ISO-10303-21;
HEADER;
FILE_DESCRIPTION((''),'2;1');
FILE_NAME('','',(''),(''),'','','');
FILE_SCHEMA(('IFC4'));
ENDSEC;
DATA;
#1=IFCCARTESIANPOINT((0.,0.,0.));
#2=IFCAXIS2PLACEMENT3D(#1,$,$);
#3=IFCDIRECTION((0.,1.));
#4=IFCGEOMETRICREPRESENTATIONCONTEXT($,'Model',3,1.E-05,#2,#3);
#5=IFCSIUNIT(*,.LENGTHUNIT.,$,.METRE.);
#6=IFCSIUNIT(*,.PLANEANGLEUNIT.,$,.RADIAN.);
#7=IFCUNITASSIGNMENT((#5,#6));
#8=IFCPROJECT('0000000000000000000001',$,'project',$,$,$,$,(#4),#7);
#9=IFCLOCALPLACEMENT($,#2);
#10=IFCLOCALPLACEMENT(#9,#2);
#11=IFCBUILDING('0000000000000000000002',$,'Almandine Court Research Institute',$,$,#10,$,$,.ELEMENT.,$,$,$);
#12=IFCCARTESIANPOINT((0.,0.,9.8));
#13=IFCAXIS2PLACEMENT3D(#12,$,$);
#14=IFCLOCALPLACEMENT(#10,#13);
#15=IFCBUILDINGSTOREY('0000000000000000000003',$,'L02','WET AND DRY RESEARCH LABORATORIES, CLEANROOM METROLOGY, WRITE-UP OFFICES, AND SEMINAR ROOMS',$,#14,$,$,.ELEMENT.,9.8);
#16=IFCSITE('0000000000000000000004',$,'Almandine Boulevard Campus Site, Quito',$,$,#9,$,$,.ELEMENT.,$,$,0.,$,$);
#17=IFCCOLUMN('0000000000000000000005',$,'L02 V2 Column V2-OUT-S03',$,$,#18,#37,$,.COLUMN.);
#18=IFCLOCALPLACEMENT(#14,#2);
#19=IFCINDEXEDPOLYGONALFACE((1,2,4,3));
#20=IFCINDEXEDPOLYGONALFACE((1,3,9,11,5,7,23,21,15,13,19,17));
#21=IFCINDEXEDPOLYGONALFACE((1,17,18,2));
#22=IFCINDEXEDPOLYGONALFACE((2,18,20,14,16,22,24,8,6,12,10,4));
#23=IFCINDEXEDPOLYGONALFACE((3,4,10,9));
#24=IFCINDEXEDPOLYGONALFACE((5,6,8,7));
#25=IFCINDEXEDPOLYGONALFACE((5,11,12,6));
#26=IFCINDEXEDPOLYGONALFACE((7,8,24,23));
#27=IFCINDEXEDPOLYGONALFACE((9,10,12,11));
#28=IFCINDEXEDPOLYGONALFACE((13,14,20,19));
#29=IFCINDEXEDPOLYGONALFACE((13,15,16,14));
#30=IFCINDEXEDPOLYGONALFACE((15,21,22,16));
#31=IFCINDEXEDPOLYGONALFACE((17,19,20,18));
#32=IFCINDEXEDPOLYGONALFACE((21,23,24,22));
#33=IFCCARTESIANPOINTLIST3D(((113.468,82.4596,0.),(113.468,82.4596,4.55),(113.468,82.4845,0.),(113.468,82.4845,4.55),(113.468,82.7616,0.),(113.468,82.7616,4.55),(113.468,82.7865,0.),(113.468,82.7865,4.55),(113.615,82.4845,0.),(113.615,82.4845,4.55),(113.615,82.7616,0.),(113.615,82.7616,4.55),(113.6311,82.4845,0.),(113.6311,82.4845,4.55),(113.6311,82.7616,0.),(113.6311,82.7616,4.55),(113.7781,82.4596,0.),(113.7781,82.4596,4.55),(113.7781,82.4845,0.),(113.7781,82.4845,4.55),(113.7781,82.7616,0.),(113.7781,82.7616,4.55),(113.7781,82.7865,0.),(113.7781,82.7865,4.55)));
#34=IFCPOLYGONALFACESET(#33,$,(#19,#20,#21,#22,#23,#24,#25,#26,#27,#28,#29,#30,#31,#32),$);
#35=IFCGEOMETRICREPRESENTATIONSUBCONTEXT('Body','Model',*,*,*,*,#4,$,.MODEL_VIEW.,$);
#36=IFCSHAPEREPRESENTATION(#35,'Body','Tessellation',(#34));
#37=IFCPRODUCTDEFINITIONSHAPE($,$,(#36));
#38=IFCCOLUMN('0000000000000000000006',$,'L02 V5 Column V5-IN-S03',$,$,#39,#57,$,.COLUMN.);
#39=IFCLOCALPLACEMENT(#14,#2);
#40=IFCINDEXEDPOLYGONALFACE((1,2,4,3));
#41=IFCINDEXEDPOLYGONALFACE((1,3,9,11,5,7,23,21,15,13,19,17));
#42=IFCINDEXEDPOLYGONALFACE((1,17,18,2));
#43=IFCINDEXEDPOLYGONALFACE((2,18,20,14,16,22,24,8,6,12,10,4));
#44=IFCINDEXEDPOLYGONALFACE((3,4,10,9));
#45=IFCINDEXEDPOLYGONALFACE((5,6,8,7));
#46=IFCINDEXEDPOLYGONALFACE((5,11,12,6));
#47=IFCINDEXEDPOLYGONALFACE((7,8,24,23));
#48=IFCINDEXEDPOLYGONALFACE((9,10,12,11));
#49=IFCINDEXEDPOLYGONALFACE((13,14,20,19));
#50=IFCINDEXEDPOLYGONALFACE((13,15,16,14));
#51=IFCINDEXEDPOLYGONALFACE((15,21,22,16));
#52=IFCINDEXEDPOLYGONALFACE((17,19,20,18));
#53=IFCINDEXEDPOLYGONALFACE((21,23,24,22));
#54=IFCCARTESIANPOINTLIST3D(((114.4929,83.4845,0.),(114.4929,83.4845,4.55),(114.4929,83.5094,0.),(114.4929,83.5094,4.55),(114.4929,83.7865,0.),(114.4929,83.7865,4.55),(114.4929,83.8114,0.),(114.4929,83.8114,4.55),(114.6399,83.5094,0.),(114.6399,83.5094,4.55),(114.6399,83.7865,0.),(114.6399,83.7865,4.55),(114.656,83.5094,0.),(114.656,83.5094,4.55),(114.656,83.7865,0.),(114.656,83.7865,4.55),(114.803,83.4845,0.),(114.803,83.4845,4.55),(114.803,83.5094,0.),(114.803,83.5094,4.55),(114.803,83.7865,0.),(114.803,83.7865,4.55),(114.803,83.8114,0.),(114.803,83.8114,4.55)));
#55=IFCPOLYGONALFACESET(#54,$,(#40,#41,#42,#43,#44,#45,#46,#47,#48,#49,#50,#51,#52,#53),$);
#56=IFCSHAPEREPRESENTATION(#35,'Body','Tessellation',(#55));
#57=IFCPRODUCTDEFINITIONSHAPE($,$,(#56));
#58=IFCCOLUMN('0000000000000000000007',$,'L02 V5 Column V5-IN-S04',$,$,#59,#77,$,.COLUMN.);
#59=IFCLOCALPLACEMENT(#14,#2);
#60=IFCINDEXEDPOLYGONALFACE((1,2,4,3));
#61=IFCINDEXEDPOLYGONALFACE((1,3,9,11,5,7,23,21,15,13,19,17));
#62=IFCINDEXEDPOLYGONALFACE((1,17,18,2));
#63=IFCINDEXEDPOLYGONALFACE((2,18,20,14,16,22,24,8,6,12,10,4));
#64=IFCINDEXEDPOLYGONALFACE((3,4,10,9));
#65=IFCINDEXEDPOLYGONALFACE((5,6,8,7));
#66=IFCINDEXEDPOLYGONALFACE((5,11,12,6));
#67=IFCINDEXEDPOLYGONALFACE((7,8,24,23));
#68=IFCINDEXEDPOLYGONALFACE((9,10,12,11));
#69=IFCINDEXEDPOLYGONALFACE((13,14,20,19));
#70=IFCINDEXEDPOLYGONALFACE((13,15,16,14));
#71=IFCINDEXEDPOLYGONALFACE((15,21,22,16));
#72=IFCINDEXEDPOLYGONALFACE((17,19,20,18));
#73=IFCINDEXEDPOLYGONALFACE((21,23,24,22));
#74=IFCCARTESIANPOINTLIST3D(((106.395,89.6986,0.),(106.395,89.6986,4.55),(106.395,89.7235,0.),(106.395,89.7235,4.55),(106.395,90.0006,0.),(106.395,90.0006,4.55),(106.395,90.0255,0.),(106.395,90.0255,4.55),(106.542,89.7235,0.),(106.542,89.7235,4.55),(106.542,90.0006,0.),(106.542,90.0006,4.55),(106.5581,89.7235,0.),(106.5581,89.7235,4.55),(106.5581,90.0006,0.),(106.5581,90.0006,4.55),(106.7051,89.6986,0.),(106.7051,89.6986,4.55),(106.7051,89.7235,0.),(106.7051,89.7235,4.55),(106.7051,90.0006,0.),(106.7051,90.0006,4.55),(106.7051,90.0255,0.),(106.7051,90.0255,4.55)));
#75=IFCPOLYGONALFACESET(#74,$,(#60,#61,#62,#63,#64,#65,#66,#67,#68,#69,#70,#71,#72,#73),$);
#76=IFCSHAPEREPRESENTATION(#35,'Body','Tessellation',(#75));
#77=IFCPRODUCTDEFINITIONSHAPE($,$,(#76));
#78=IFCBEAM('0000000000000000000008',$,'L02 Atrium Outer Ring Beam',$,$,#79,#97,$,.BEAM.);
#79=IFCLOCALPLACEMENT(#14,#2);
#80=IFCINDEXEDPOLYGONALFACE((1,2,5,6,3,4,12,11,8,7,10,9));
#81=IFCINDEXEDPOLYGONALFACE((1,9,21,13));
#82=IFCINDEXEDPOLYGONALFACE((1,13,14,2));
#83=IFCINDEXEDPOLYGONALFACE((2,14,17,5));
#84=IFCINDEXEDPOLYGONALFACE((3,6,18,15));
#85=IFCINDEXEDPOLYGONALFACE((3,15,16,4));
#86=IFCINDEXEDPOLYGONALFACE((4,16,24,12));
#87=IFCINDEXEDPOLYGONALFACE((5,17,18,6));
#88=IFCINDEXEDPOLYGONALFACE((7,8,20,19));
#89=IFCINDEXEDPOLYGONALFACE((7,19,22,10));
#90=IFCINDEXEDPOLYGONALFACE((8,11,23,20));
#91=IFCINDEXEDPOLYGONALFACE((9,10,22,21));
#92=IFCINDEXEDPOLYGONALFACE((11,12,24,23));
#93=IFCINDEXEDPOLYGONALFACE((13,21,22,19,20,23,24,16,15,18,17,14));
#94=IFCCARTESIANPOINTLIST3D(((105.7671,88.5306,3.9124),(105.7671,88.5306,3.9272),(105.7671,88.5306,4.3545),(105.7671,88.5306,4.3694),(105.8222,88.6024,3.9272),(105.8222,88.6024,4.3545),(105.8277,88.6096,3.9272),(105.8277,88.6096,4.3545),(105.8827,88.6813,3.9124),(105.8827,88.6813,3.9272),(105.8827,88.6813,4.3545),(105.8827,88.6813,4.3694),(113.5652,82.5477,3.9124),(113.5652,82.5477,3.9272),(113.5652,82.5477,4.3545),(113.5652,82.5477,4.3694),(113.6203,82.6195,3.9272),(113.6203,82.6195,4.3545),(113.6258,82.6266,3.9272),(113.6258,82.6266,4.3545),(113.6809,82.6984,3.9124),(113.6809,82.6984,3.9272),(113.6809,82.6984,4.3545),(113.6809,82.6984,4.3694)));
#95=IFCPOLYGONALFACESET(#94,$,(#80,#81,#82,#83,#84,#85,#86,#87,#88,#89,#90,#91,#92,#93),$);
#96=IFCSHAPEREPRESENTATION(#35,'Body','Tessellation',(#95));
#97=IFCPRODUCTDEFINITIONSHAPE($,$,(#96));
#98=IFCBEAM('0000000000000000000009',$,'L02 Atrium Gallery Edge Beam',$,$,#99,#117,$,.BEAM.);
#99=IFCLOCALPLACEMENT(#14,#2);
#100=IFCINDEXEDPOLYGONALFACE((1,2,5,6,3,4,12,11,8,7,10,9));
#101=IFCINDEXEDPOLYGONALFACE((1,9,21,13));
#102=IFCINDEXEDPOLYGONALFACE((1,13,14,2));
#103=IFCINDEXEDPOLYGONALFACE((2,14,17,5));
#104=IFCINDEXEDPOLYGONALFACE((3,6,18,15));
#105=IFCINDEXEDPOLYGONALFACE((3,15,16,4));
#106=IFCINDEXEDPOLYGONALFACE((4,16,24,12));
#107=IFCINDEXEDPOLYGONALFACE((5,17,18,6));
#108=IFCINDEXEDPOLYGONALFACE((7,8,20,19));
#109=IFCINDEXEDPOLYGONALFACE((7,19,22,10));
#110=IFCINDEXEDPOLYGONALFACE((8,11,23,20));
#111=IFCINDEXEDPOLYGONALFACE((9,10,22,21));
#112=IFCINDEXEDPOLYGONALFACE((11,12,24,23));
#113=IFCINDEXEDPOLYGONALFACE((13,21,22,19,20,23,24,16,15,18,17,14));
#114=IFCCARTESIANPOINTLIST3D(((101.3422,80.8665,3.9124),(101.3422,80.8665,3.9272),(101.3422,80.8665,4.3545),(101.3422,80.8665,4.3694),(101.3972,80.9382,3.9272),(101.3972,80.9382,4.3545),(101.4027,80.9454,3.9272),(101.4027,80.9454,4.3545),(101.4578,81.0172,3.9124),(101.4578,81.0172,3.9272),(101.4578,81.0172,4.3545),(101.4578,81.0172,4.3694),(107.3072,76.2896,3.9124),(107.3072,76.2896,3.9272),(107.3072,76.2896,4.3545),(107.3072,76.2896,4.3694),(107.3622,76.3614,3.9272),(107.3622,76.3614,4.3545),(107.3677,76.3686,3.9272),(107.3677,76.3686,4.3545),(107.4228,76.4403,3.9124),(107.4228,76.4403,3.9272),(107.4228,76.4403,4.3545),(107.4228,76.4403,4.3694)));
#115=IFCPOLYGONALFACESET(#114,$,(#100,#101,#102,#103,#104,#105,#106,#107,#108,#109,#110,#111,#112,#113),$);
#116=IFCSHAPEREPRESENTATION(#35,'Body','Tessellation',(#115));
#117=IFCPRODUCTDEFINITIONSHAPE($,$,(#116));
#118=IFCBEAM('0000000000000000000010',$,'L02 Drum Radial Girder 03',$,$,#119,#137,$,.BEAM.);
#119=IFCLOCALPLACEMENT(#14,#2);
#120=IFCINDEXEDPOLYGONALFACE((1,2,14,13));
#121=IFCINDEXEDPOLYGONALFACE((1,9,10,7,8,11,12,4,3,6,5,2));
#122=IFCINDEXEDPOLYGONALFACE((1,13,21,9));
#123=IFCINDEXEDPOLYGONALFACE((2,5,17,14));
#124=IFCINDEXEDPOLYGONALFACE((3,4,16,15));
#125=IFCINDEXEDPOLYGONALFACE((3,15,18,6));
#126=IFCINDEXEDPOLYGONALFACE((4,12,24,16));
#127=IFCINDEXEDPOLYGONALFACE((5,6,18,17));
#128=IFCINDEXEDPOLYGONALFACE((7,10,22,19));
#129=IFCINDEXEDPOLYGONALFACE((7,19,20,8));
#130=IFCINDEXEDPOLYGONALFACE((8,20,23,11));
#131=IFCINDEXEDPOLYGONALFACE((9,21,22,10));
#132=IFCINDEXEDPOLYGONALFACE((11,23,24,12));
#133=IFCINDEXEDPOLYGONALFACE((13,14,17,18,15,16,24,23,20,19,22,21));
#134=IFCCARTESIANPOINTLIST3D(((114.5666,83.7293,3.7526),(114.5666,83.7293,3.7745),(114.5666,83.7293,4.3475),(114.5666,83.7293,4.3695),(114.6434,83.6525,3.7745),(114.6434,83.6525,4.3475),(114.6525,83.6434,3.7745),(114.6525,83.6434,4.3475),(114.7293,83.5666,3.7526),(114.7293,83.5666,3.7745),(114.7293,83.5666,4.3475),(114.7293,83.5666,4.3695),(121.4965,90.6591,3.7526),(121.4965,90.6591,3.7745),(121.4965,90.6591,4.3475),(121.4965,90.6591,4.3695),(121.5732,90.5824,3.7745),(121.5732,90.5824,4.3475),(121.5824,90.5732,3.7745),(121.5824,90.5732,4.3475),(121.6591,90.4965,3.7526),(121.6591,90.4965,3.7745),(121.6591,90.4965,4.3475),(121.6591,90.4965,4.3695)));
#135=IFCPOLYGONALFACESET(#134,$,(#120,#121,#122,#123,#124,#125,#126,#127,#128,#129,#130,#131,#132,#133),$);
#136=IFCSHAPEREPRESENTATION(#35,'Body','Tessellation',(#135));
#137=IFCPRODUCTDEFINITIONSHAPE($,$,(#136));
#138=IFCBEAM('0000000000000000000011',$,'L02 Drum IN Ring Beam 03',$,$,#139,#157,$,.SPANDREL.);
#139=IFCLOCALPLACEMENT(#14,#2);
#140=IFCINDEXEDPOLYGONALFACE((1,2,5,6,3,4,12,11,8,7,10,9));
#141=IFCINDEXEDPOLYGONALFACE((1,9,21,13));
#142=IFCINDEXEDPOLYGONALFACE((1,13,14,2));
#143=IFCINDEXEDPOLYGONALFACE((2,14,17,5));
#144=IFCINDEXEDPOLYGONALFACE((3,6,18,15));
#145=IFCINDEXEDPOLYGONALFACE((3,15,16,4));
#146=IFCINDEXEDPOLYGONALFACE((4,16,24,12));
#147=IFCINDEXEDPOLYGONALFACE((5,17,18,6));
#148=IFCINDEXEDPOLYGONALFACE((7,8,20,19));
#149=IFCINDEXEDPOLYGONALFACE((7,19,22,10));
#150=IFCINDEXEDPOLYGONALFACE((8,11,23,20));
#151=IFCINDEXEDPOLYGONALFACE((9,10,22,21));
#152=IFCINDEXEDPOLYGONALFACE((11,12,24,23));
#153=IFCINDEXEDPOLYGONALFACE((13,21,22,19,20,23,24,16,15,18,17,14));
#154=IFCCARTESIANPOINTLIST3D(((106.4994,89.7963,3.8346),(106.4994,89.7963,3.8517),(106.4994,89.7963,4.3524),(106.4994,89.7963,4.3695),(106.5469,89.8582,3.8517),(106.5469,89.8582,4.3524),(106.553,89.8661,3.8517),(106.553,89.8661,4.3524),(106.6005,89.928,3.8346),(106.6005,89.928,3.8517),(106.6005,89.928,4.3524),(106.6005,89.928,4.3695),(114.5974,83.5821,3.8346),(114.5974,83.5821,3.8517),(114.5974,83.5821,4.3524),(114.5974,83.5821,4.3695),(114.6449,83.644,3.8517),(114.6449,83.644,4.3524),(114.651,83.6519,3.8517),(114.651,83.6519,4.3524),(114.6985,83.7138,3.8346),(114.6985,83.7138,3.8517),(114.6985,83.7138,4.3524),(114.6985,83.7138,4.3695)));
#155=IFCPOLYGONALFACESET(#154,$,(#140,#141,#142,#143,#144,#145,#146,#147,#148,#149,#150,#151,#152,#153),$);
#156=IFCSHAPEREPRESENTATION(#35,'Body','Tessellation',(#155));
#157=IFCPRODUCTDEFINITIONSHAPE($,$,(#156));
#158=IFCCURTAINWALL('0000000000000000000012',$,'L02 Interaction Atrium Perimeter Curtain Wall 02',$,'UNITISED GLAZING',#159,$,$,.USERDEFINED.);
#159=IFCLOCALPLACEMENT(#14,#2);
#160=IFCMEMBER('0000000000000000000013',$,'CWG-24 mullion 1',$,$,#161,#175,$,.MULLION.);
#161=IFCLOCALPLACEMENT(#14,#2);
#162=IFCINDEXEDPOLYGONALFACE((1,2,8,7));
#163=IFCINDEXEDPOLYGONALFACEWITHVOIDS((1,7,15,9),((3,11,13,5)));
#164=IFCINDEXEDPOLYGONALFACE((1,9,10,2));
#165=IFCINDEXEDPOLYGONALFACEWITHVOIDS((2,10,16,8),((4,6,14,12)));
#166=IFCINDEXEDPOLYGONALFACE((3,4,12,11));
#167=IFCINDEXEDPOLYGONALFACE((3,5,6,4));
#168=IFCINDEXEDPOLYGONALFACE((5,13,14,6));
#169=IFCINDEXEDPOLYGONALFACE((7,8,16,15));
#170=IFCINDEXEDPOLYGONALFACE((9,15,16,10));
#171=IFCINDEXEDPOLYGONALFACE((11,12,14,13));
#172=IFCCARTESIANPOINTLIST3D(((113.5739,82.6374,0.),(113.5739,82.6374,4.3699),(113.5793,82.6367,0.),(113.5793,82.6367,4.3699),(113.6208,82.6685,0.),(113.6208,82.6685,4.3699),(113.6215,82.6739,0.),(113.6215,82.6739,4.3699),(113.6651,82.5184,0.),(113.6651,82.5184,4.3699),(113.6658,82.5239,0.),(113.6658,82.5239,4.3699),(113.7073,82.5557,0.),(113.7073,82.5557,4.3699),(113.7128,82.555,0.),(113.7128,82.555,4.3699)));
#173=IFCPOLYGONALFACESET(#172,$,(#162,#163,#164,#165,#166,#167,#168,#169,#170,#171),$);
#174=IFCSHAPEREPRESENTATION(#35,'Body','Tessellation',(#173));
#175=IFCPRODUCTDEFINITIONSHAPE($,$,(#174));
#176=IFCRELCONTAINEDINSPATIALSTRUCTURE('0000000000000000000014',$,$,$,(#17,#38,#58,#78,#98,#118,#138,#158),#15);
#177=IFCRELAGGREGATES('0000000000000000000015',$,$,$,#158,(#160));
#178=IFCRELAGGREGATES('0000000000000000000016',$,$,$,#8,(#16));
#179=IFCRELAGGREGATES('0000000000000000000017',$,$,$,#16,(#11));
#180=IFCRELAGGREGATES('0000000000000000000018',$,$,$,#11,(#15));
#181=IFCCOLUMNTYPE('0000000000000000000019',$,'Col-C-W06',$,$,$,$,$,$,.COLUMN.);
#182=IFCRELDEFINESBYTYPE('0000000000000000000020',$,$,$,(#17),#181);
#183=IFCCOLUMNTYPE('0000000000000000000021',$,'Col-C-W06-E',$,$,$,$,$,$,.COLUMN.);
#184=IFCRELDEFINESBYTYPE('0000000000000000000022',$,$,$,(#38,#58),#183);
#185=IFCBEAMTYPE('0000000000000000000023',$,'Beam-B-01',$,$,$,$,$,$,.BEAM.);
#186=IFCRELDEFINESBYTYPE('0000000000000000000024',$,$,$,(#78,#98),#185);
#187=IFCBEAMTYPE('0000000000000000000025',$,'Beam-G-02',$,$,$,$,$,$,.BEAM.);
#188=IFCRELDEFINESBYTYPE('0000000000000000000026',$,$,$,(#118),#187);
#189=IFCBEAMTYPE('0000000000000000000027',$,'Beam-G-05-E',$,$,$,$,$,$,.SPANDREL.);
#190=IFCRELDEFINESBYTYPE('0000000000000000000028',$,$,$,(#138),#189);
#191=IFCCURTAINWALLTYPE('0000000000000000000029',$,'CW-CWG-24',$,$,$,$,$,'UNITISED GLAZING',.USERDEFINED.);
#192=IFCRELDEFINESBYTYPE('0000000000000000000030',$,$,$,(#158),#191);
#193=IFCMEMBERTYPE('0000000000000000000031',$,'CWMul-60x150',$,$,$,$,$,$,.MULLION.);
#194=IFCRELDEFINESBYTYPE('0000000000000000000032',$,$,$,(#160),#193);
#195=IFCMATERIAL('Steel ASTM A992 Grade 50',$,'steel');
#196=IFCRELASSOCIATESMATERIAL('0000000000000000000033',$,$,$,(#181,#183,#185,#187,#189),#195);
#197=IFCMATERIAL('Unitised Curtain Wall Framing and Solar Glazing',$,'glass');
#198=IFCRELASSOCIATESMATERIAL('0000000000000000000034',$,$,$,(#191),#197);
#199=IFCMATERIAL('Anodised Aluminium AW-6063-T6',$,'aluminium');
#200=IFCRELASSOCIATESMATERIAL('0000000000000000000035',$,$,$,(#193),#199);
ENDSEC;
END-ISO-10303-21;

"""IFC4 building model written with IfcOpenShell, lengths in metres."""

from ifc_helpers import new_model, si_unit, direction, frame, origin, origin_2d, place, context, subcontext, project, spatial, hollow_rectangle, i_section, extrude, material, material_profile, profile_set, type_object, element, aggregate, save


model = new_model("IFC4")

# Units and contexts
model_context = context("Model", 3, precision=1e-05, world=origin(), true_north=direction((0.0, 1.0)))
body_context = subcontext(model_context, "Body", "Model", "MODEL_VIEW")
ifc_project = project(units=[si_unit("LENGTHUNIT", "METRE"), si_unit("PLANEANGLEUNIT", "RADIAN")], contexts=[model_context])

# Site, building, storey
site_placement = place(None, origin())
site = spatial("IfcSite", under=ifc_project, at=site_placement, Name="Almandine Boulevard Campus Site, Quito", CompositionType="ELEMENT", RefElevation=0.0)
building_placement = place(site_placement, origin())
building = spatial("IfcBuilding", under=site, at=building_placement, Name="Almandine Court Research Institute", CompositionType="ELEMENT")
storey_placement = place(building_placement, frame((0.0, 0.0, 9.8)))
storey = spatial("IfcBuildingStorey", under=building, at=storey_placement, Name="L02", Description="WET AND DRY RESEARCH LABORATORIES, CLEANROOM METROLOGY, WRITE-UP OFFICES, AND SEMINAR ROOMS", CompositionType="ELEMENT", Elevation=9.8)

# Columns
ifc_material_1 = material(Name="Steel ASTM A992 Grade 50", Category="steel")
ifc_material_profile_1 = material_profile(ifc_material_1, i_section(OverallWidth=0.3101, OverallDepth=0.3269, WebThickness=0.0161, FlangeThickness=0.0249, at=origin_2d()), Name="W310x158")
ifc_profile_set_1 = profile_set([ifc_material_profile_1], Name="Steel ASTM A992 Grade 50")
column_type_1 = type_object("IfcColumnType", Name="Col-C-W06", PredefinedType="COLUMN", material=ifc_profile_set_1)
column_placement = place(storey_placement, frame((113.623, 82.623, 0.0), z_axis=(0.0, 0.0, 1.0), x_axis=(1.0, 0.0, 0.0)))
element("IfcColumn", 1, at=column_placement, inside=storey, type_object=column_type_1, Name="L02 V2 Column V2-OUT-S03", PredefinedType="COLUMN", context=body_context, shape_type="SweptSolid", body=[
    extrude(i_section(OverallWidth=0.3101, OverallDepth=0.3269, WebThickness=0.0161, FlangeThickness=0.0249, at=origin_2d()), origin(), (0.0, 0.0, 1.0), 4.55),
])
ifc_material_profile_2 = material_profile(ifc_material_1, i_section(OverallWidth=0.3101, OverallDepth=0.3269, WebThickness=0.0161, FlangeThickness=0.0249, at=origin_2d()), Name="W310x158")
ifc_profile_set_2 = profile_set([ifc_material_profile_2], Name="Steel ASTM A992 Grade 50")
column_type_2 = type_object("IfcColumnType", Name="Col-C-W06-E", PredefinedType="COLUMN", material=ifc_profile_set_2)
for number, where, z_axis, x_axis, name in (
    (2, (114.6479, 83.6479, 0.0), (0.0, 0.0, 1.0), (1.0, 0.0, 0.0), "L02 V5 Column V5-IN-S03"),
    (3, (106.55, 89.8621, 0.0), (0.0, 0.0, 1.0), (1.0, 0.0, 0.0), "L02 V5 Column V5-IN-S04"),
):
    element("IfcColumn", number, at=place(storey_placement, frame(where, z_axis=z_axis, x_axis=x_axis)), inside=storey, type_object=column_type_2, Name=name, PredefinedType="COLUMN", context=body_context, shape_type="SweptSolid", body=[
        extrude(i_section(OverallWidth=0.3101, OverallDepth=0.3269, WebThickness=0.0161, FlangeThickness=0.0249, at=origin_2d()), origin(), (0.0, 0.0, 1.0), 4.55),
    ])

# Beams
ifc_material_profile_3 = material_profile(ifc_material_1, i_section(OverallWidth=0.1899, OverallDepth=0.457, WebThickness=0.009, FlangeThickness=0.0149, at=origin_2d()), Name="W460x74")
ifc_profile_set_3 = profile_set([ifc_material_profile_3], Name="Steel ASTM A992 Grade 50")
beam_type_1 = type_object("IfcBeamType", Name="Beam-B-01", PredefinedType="BEAM", material=ifc_profile_set_3)
beam_1_placement = place(storey_placement, frame((113.623, 82.623, 4.1409), z_axis=(-0.793392, 0.608712, 0.0), x_axis=(-0.608712, -0.793392, 0.0)))
element("IfcBeam", 4, at=beam_1_placement, inside=storey, type_object=beam_type_1, Name="L02 Atrium Outer Ring Beam", PredefinedType="BEAM", context=body_context, shape_type="SweptSolid", body=[
    extrude(i_section(OverallWidth=0.1899, OverallDepth=0.457, WebThickness=0.009, FlangeThickness=0.0149, at=origin_2d()), origin(), (0.0, 0.0, 1.0), 9.8289),
])
beam_2_placement = place(storey_placement, frame((107.365, 76.365, 4.1409), z_axis=(-0.793371, 0.608739, 0.0), x_axis=(-0.608739, -0.793371, 0.0)))
element("IfcBeam", 5, at=beam_2_placement, inside=storey, type_object=beam_type_1, Name="L02 Atrium Gallery Edge Beam", PredefinedType="BEAM", context=body_context, shape_type="SweptSolid", body=[
    extrude(i_section(OverallWidth=0.1899, OverallDepth=0.457, WebThickness=0.009, FlangeThickness=0.0149, at=origin_2d()), origin(), (0.0, 0.0, 1.0), 7.5186),
])
ifc_material_profile_4 = material_profile(ifc_material_1, i_section(OverallWidth=0.23, OverallDepth=0.6169, WebThickness=0.0129, FlangeThickness=0.022, at=origin_2d()), Name="W610x140")
ifc_profile_set_4 = profile_set([ifc_material_profile_4], Name="Steel ASTM A992 Grade 50")
beam_type_2 = type_object("IfcBeamType", Name="Beam-G-02", PredefinedType="BEAM", material=ifc_profile_set_4)
beam_3_placement = place(storey_placement, frame((114.6479, 83.6479, 4.061), z_axis=(0.707107, 0.707107, 0.0), x_axis=(-0.707107, 0.707107, 0.0)))
element("IfcBeam", 6, at=beam_3_placement, inside=storey, type_object=beam_type_2, Name="L02 Drum Radial Girder 03", PredefinedType="BEAM", context=body_context, shape_type="SweptSolid", body=[
    extrude(i_section(OverallWidth=0.23, OverallDepth=0.6169, WebThickness=0.0129, FlangeThickness=0.022, at=origin_2d()), origin(), (0.0, 0.0, 1.0), 9.8003),
])
ifc_material_profile_5 = material_profile(ifc_material_1, i_section(OverallWidth=0.166, OverallDepth=0.5349, WebThickness=0.01, FlangeThickness=0.0171, at=origin_2d()), Name="W530x85")
ifc_profile_set_5 = profile_set([ifc_material_profile_5], Name="Steel ASTM A992 Grade 50")
beam_type_3 = type_object("IfcBeamType", Name="Beam-G-05-E", PredefinedType="SPANDREL", material=ifc_profile_set_5)
beam_4_placement = place(storey_placement, frame((114.6479, 83.6479, 4.1021), z_axis=(-0.793336, 0.608784, 0.0), x_axis=(-0.608784, -0.793336, 0.0)))
element("IfcBeam", 7, at=beam_4_placement, inside=storey, type_object=beam_type_3, Name="L02 Drum IN Ring Beam 03", PredefinedType="SPANDREL", context=body_context, shape_type="SweptSolid", body=[
    extrude(i_section(OverallWidth=0.166, OverallDepth=0.5349, WebThickness=0.01, FlangeThickness=0.0171, at=origin_2d()), origin(), (0.0, 0.0, 1.0), 10.2075),
])

# Curtain wall, member
ifc_material_2 = material(Name="Unitised Curtain Wall Framing and Solar Glazing", Category="glass")
curtain_wall_type = type_object("IfcCurtainWallType", Name="CW-CWG-24", ElementType="UNITISED GLAZING", PredefinedType="USERDEFINED", material=ifc_material_2)
curtain_wall_placement = place(storey_placement, origin())
curtain_wall = element("IfcCurtainWall", 8, at=curtain_wall_placement, inside=storey, type_object=curtain_wall_type, Name="L02 Interaction Atrium Perimeter Curtain Wall 02", ObjectType="UNITISED GLAZING", PredefinedType="USERDEFINED")
ifc_material_3 = material(Name="Anodised Aluminium AW-6063-T6", Category="aluminium")
ifc_material_profile_6 = material_profile(ifc_material_3, hollow_rectangle(XDim=0.0601, YDim=0.1499, WallThickness=0.0039, at=origin_2d()), Name="ALU RHS 60x150x4")
ifc_profile_set_6 = profile_set([ifc_material_profile_6], Name="Anodised Aluminium AW-6063-T6")
member_type_1 = type_object("IfcMemberType", Name="CWMul-60x150", PredefinedType="MULLION", material=ifc_profile_set_6)
member_1_placement = place(storey_placement, frame((113.6433, 82.5962, 0.0), z_axis=(0.0, 0.0, 1.0), x_axis=(0.793354, 0.608761, 0.0)))
member_1 = element("IfcMember", 9, at=member_1_placement, type_object=member_type_1, Name="CWG-24 mullion 1", PredefinedType="MULLION", context=body_context, shape_type="SweptSolid", body=[
    extrude(hollow_rectangle(XDim=0.0601, YDim=0.1499, WallThickness=0.0039, at=origin_2d()), origin(), (0.0, 0.0, 1.0), 4.3699),
])
aggregate(curtain_wall, [member_1])

save(model, "model.ifc")
